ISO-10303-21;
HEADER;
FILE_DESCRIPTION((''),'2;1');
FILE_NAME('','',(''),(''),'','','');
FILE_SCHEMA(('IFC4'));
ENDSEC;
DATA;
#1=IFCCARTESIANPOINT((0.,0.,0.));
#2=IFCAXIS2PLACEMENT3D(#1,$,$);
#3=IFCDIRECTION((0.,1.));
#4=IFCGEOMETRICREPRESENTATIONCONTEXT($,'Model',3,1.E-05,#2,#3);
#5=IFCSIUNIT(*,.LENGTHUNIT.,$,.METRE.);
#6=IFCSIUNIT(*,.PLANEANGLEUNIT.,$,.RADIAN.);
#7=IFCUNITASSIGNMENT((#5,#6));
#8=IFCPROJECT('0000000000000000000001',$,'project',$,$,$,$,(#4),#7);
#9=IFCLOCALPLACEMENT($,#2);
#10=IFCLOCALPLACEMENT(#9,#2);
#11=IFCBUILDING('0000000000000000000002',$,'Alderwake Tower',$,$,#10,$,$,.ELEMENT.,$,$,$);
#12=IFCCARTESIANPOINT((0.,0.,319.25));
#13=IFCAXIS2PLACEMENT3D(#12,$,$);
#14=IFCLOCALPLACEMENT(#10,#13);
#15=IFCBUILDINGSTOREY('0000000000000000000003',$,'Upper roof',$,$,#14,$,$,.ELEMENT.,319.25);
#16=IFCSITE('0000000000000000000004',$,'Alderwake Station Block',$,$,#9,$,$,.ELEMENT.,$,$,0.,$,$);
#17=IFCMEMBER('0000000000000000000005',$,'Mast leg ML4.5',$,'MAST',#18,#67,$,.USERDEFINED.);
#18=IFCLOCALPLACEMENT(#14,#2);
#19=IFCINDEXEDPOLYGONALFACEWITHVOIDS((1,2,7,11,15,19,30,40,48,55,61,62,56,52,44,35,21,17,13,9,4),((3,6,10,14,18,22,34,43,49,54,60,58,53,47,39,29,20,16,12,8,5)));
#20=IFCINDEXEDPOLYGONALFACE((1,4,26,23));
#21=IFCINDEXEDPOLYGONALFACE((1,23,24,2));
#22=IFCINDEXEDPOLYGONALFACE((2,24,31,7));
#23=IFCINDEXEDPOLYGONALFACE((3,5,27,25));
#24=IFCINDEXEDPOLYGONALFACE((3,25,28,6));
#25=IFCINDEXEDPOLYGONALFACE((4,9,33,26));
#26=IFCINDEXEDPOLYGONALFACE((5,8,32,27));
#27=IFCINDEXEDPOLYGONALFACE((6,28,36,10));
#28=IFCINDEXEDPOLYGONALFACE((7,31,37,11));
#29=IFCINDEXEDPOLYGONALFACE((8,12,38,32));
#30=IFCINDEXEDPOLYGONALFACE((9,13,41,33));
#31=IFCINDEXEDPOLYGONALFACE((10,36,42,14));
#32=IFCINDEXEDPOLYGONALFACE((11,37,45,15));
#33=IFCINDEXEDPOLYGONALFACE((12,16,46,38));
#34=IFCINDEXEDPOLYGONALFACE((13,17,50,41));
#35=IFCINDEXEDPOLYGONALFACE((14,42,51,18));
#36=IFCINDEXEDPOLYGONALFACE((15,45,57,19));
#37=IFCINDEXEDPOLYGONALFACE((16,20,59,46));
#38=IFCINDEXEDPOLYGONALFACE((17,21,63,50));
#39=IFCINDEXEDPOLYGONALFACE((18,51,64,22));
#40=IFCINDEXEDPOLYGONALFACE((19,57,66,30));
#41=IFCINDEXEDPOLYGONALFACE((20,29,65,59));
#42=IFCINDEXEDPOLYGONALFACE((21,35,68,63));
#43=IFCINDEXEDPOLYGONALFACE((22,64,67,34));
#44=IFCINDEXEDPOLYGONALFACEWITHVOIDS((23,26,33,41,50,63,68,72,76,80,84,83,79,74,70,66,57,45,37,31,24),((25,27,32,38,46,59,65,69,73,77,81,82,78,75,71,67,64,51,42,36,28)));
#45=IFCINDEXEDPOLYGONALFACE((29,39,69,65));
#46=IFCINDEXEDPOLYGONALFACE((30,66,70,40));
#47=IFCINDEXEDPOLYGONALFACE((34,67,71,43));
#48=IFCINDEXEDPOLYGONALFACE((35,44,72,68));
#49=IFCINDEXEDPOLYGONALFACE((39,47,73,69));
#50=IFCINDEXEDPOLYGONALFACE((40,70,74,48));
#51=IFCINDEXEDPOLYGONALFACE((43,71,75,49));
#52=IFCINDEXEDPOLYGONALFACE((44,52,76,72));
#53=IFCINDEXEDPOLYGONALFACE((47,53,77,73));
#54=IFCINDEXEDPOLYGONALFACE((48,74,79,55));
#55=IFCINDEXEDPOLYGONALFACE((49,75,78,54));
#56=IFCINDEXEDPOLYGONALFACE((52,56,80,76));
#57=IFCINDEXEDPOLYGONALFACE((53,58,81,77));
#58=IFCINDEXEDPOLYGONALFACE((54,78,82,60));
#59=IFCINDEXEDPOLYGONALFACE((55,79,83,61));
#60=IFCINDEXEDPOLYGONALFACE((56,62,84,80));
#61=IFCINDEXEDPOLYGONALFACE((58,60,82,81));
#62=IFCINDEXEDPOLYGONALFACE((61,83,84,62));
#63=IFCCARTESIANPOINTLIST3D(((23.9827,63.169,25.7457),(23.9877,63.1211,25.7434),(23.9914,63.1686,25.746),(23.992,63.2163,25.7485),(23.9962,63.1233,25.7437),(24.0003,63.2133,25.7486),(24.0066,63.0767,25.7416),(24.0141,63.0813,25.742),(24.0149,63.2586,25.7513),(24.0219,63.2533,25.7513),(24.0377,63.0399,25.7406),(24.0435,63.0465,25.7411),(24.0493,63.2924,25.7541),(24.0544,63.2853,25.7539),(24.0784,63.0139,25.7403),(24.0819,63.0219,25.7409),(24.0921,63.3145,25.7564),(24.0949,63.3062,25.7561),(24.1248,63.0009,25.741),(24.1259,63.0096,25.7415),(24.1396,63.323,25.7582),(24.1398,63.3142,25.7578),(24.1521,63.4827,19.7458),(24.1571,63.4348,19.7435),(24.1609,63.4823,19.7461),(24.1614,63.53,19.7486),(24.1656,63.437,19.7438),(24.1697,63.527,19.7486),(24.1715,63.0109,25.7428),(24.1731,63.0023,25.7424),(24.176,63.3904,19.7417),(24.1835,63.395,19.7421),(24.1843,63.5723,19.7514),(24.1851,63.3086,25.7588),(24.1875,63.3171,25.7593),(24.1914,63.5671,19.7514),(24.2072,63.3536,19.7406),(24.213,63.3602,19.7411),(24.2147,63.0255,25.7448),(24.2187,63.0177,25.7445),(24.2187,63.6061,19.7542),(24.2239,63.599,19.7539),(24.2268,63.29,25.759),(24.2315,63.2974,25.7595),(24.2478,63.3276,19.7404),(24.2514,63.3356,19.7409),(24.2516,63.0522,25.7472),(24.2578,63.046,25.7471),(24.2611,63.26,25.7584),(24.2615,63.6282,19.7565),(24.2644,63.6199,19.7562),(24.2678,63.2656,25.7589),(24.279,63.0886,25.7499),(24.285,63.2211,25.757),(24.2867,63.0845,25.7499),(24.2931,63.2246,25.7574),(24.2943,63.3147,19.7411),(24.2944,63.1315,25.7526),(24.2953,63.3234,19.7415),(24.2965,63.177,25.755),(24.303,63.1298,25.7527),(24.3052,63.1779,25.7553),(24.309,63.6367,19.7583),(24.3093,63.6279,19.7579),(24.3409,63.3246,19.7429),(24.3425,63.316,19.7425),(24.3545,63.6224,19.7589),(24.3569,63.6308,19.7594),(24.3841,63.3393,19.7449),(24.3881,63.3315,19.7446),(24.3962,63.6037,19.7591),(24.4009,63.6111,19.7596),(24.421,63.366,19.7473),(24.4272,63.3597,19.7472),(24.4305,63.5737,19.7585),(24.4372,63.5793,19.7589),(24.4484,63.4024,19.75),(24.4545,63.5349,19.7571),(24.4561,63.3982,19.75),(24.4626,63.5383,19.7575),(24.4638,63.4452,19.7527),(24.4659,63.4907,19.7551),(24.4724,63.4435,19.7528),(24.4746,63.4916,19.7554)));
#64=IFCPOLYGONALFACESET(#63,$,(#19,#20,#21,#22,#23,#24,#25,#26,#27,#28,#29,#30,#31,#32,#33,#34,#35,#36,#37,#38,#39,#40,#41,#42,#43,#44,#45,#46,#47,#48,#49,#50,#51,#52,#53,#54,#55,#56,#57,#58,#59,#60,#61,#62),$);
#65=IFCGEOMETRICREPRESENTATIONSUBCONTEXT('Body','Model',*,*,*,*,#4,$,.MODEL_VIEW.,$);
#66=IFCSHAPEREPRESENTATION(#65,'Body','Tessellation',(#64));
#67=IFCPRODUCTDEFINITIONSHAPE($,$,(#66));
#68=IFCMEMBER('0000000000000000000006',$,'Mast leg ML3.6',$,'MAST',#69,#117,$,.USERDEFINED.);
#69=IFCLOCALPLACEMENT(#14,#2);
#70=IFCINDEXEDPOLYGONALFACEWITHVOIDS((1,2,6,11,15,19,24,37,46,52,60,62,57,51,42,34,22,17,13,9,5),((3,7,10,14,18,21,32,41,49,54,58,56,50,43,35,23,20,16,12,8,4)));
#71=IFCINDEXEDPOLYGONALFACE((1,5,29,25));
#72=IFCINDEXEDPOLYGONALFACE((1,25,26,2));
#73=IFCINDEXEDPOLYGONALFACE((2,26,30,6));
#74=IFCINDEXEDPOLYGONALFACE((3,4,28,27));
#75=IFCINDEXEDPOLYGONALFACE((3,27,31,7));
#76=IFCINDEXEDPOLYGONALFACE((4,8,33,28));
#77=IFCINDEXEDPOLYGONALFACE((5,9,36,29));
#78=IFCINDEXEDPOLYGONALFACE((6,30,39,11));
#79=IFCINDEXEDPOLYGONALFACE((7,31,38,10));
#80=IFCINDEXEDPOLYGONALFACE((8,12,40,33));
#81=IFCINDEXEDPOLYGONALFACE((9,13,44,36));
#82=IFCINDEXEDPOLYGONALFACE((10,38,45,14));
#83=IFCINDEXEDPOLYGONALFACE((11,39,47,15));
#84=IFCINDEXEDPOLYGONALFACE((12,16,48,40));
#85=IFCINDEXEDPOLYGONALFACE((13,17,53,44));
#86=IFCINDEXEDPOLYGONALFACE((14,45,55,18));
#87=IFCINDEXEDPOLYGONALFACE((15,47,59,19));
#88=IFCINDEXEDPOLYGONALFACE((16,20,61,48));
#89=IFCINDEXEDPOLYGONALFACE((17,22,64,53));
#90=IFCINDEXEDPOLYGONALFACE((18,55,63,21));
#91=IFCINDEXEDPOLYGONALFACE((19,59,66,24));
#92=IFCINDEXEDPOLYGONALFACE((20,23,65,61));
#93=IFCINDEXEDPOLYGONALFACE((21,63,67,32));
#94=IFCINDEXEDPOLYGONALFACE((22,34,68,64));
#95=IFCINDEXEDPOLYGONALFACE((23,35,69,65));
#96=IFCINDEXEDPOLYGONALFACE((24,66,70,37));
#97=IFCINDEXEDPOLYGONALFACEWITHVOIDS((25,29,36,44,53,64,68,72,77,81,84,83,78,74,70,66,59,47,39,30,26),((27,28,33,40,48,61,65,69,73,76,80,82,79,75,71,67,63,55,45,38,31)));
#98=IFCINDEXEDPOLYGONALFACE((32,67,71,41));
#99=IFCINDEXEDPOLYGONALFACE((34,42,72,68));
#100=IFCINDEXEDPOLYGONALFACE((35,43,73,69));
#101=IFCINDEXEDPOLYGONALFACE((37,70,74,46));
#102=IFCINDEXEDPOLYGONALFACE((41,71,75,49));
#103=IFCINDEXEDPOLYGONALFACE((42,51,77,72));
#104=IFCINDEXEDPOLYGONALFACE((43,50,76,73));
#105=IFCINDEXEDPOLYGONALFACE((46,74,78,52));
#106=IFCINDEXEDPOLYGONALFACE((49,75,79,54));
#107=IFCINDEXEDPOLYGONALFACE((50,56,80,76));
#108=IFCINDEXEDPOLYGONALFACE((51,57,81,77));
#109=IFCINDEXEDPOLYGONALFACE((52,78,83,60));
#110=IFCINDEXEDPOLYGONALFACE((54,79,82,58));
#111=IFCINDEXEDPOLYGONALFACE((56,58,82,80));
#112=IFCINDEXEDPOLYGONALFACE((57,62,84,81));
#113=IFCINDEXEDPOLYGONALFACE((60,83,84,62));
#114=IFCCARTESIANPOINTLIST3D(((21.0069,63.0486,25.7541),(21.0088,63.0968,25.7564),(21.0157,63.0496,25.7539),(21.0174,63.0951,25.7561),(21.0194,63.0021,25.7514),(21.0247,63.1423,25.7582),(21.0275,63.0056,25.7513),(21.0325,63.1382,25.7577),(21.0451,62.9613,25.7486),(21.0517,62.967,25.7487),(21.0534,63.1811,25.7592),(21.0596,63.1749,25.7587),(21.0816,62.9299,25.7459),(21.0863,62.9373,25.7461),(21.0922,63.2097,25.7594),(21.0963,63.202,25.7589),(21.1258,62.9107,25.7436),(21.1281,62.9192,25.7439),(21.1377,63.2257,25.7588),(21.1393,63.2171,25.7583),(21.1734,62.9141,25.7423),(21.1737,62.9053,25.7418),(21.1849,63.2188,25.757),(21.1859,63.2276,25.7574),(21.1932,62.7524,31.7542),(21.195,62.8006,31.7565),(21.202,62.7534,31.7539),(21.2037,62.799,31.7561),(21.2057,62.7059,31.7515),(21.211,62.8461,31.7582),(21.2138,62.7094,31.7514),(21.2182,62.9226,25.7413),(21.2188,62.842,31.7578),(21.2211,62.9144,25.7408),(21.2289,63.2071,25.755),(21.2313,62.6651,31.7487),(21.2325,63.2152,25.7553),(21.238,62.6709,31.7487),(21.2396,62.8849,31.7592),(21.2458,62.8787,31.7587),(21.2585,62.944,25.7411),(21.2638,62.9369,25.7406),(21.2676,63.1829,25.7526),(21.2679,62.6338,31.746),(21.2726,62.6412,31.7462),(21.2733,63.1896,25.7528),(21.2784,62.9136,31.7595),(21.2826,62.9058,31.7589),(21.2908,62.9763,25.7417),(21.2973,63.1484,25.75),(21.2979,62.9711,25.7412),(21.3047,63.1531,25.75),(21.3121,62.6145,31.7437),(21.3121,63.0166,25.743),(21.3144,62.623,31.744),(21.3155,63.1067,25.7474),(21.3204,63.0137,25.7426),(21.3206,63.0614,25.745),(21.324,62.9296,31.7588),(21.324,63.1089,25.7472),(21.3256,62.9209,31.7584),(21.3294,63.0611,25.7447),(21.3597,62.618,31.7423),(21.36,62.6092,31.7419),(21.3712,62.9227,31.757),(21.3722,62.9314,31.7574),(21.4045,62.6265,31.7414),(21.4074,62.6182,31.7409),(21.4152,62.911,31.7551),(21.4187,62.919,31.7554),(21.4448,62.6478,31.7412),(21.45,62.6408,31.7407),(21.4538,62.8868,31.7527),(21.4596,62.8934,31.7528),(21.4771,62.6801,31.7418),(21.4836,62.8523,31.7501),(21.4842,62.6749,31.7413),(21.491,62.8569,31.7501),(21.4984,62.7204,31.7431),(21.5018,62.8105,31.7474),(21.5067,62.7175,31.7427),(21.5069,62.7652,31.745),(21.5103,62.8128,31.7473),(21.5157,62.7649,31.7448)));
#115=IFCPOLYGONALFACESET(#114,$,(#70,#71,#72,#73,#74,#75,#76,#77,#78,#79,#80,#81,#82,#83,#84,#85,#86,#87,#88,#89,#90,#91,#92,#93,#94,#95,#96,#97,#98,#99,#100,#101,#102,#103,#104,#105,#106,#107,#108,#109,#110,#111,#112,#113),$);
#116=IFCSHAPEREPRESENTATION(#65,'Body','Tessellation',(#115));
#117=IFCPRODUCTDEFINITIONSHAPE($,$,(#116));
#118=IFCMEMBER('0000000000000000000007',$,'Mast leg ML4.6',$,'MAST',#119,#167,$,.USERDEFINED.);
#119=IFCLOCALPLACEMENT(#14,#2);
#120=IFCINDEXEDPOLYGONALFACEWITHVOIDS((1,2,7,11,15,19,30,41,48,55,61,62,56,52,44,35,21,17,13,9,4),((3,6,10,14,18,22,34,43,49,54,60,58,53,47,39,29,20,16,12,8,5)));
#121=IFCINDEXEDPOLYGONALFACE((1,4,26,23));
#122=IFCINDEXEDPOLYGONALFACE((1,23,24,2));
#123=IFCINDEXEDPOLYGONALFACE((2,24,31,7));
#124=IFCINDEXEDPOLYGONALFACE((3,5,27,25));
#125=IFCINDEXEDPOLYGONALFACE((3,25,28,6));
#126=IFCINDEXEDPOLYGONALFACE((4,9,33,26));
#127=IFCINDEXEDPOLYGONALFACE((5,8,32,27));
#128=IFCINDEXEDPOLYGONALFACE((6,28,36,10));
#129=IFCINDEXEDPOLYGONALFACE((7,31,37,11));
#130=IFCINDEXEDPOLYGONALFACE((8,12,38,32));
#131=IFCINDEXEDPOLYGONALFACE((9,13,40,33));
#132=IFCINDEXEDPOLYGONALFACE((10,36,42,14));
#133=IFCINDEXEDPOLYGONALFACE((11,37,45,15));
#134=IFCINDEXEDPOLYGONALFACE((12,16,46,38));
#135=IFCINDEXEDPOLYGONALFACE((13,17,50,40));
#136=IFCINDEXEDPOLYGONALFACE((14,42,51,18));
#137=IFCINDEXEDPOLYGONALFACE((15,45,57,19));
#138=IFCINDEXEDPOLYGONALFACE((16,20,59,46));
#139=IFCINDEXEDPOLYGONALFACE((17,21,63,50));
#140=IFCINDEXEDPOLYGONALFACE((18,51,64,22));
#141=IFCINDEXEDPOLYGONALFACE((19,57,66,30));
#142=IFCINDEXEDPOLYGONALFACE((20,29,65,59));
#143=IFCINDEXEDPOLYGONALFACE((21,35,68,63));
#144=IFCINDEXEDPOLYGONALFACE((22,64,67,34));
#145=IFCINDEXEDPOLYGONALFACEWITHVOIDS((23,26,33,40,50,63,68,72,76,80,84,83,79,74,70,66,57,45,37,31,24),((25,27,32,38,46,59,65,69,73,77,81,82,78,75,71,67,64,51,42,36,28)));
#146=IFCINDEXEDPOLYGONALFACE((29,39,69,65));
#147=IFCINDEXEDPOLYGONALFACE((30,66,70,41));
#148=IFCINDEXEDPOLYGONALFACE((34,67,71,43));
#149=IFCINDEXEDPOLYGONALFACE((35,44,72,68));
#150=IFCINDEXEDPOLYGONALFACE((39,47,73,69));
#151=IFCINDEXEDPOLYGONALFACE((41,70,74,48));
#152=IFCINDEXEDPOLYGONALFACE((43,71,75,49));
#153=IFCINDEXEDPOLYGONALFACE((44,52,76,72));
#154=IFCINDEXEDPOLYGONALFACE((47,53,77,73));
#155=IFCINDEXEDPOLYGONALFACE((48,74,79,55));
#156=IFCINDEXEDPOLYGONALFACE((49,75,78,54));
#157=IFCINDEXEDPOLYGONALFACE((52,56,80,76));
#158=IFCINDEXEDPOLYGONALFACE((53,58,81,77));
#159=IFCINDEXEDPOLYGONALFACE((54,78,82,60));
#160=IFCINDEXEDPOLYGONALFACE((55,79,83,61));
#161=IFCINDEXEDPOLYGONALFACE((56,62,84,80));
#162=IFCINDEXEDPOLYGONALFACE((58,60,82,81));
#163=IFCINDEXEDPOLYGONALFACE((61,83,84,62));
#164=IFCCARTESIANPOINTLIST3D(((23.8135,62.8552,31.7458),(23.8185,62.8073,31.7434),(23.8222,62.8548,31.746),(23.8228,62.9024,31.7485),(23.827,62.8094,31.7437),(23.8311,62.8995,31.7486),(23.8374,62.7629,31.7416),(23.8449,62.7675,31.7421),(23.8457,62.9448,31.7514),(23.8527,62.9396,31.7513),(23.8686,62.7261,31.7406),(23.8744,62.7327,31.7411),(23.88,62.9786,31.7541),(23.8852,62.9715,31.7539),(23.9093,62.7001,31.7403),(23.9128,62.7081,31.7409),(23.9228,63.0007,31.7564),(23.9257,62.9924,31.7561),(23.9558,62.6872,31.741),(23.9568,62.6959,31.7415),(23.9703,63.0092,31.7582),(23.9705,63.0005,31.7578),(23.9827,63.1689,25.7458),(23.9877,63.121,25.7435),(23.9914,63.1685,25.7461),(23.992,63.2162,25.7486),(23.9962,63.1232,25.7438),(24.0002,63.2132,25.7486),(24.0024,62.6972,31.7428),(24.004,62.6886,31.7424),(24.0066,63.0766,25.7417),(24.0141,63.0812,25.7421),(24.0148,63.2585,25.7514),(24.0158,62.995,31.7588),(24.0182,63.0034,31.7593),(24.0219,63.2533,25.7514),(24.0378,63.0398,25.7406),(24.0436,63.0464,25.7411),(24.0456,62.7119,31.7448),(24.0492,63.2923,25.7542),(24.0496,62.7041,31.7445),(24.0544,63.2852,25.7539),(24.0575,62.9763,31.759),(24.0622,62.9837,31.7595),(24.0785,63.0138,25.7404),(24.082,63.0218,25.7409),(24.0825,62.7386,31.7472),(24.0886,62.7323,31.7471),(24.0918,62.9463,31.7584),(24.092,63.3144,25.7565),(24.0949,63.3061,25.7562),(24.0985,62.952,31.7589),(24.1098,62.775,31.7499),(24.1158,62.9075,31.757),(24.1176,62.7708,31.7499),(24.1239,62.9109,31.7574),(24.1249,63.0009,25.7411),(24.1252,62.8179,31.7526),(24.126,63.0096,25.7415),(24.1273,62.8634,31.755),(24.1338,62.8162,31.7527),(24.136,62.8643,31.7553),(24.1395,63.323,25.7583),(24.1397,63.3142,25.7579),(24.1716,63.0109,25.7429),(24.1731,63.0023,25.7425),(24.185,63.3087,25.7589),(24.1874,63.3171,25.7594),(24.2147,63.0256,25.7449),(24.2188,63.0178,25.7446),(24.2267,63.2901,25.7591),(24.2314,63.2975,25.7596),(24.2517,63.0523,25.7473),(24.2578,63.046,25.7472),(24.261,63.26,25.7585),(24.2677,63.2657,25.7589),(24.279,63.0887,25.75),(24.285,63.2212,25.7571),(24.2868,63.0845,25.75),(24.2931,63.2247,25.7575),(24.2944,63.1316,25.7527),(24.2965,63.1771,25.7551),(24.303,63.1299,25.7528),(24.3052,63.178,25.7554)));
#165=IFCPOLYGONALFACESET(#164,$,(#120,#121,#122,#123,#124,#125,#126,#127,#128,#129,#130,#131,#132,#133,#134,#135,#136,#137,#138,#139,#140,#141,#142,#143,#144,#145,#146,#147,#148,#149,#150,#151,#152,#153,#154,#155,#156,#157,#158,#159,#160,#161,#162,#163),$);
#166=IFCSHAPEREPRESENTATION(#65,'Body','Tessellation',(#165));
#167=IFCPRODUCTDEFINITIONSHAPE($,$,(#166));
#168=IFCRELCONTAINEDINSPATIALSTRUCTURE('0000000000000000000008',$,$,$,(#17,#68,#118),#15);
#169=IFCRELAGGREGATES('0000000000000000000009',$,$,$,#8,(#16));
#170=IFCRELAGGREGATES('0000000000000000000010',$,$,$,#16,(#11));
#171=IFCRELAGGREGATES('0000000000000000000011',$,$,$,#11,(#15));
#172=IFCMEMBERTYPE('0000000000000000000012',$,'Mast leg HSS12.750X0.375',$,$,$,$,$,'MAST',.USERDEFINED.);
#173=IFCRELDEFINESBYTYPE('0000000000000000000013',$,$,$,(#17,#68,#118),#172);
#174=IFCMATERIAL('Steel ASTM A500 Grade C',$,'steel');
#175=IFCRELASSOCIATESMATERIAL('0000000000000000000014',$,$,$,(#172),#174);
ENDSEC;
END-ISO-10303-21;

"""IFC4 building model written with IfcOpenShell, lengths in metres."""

from ifc_helpers import new_model, si_unit, direction, frame, origin, origin_2d, place, context, subcontext, project, spatial, hollow_circle, extrude, material, material_profile, profile_set, type_object, element, save


model = new_model("IFC4")

# Units and contexts
model_context = context("Model", 3, precision=1e-05, world=origin(), true_north=direction((0.0, 1.0)))
body_context = subcontext(model_context, "Body", "Model", "MODEL_VIEW")
ifc_project = project(units=[si_unit("LENGTHUNIT", "METRE"), si_unit("PLANEANGLEUNIT", "RADIAN")], contexts=[model_context])

# Site, building, storey
site_placement = place(None, origin())
site = spatial("IfcSite", under=ifc_project, at=site_placement, Name="Alderwake Station Block", CompositionType="ELEMENT", RefElevation=0.0)
building_placement = place(site_placement, origin())
building = spatial("IfcBuilding", under=site, at=building_placement, Name="Alderwake Tower", CompositionType="ELEMENT")
storey_placement = place(building_placement, frame((0.0, 0.0, 319.25)))
storey = spatial("IfcBuildingStorey", under=building, at=storey_placement, Name="Upper roof", CompositionType="ELEMENT", Elevation=319.25)

# Members
ifc_material_1 = material(Name="Steel ASTM A500 Grade C", Category="steel")
ifc_material_profile_1 = material_profile(ifc_material_1, hollow_circle(Radius=0.1619, WallThickness=0.0088, at=origin_2d()), Name="HSS12.750X0.375")
ifc_profile_set_1 = profile_set([ifc_material_profile_1], Name="Steel ASTM A500 Grade C")
member_type_1 = type_object("IfcMemberType", Name="Mast leg HSS12.750X0.375", ElementType="MAST", PredefinedType="USERDEFINED", material=ifc_profile_set_1)
member_1_placement = place(storey_placement, frame((24.3137, 63.4751, 19.75), z_axis=(-0.028189, -0.052195, 0.998239), x_axis=(0.879877, -0.475202, 0.0)))
element("IfcMember", 1, at=member_1_placement, inside=storey, type_object=member_type_1, Name="Mast leg ML4.5", ObjectType="MAST", PredefinedType="USERDEFINED", context=body_context, shape_type="SweptSolid", body=[
    extrude(hollow_circle(Radius=0.1619, WallThickness=0.0088, at=origin_2d()), origin(), (0.0, 0.0, 1.0), 6.0105),
])
member_2_placement = place(storey_placement, frame((21.1677, 63.0669, 25.75), z_axis=(0.030994, -0.049273, 0.998304), x_axis=(0.846466, 0.532443, 0.0)))
element("IfcMember", 2, at=member_2_placement, inside=storey, type_object=member_type_1, Name="Mast leg ML3.6", ObjectType="MAST", PredefinedType="USERDEFINED", context=body_context, shape_type="SweptSolid", body=[
    extrude(hollow_circle(Radius=0.1619, WallThickness=0.0088, at=origin_2d()), origin(), (0.0, 0.0, 1.0), 6.0103),
])
member_3_placement = place(storey_placement, frame((24.1443, 63.1614, 25.75), z_axis=(-0.028149, -0.052195, 0.99824), x_axis=(0.880163, -0.474672, 0.0)))
element("IfcMember", 3, at=member_3_placement, inside=storey, type_object=member_type_1, Name="Mast leg ML4.6", ObjectType="MAST", PredefinedType="USERDEFINED", context=body_context, shape_type="SweptSolid", body=[
    extrude(hollow_circle(Radius=0.1619, WallThickness=0.0088, at=origin_2d()), origin(), (0.0, 0.0, 1.0), 6.0105),
])

save(model, "model.ifc")
